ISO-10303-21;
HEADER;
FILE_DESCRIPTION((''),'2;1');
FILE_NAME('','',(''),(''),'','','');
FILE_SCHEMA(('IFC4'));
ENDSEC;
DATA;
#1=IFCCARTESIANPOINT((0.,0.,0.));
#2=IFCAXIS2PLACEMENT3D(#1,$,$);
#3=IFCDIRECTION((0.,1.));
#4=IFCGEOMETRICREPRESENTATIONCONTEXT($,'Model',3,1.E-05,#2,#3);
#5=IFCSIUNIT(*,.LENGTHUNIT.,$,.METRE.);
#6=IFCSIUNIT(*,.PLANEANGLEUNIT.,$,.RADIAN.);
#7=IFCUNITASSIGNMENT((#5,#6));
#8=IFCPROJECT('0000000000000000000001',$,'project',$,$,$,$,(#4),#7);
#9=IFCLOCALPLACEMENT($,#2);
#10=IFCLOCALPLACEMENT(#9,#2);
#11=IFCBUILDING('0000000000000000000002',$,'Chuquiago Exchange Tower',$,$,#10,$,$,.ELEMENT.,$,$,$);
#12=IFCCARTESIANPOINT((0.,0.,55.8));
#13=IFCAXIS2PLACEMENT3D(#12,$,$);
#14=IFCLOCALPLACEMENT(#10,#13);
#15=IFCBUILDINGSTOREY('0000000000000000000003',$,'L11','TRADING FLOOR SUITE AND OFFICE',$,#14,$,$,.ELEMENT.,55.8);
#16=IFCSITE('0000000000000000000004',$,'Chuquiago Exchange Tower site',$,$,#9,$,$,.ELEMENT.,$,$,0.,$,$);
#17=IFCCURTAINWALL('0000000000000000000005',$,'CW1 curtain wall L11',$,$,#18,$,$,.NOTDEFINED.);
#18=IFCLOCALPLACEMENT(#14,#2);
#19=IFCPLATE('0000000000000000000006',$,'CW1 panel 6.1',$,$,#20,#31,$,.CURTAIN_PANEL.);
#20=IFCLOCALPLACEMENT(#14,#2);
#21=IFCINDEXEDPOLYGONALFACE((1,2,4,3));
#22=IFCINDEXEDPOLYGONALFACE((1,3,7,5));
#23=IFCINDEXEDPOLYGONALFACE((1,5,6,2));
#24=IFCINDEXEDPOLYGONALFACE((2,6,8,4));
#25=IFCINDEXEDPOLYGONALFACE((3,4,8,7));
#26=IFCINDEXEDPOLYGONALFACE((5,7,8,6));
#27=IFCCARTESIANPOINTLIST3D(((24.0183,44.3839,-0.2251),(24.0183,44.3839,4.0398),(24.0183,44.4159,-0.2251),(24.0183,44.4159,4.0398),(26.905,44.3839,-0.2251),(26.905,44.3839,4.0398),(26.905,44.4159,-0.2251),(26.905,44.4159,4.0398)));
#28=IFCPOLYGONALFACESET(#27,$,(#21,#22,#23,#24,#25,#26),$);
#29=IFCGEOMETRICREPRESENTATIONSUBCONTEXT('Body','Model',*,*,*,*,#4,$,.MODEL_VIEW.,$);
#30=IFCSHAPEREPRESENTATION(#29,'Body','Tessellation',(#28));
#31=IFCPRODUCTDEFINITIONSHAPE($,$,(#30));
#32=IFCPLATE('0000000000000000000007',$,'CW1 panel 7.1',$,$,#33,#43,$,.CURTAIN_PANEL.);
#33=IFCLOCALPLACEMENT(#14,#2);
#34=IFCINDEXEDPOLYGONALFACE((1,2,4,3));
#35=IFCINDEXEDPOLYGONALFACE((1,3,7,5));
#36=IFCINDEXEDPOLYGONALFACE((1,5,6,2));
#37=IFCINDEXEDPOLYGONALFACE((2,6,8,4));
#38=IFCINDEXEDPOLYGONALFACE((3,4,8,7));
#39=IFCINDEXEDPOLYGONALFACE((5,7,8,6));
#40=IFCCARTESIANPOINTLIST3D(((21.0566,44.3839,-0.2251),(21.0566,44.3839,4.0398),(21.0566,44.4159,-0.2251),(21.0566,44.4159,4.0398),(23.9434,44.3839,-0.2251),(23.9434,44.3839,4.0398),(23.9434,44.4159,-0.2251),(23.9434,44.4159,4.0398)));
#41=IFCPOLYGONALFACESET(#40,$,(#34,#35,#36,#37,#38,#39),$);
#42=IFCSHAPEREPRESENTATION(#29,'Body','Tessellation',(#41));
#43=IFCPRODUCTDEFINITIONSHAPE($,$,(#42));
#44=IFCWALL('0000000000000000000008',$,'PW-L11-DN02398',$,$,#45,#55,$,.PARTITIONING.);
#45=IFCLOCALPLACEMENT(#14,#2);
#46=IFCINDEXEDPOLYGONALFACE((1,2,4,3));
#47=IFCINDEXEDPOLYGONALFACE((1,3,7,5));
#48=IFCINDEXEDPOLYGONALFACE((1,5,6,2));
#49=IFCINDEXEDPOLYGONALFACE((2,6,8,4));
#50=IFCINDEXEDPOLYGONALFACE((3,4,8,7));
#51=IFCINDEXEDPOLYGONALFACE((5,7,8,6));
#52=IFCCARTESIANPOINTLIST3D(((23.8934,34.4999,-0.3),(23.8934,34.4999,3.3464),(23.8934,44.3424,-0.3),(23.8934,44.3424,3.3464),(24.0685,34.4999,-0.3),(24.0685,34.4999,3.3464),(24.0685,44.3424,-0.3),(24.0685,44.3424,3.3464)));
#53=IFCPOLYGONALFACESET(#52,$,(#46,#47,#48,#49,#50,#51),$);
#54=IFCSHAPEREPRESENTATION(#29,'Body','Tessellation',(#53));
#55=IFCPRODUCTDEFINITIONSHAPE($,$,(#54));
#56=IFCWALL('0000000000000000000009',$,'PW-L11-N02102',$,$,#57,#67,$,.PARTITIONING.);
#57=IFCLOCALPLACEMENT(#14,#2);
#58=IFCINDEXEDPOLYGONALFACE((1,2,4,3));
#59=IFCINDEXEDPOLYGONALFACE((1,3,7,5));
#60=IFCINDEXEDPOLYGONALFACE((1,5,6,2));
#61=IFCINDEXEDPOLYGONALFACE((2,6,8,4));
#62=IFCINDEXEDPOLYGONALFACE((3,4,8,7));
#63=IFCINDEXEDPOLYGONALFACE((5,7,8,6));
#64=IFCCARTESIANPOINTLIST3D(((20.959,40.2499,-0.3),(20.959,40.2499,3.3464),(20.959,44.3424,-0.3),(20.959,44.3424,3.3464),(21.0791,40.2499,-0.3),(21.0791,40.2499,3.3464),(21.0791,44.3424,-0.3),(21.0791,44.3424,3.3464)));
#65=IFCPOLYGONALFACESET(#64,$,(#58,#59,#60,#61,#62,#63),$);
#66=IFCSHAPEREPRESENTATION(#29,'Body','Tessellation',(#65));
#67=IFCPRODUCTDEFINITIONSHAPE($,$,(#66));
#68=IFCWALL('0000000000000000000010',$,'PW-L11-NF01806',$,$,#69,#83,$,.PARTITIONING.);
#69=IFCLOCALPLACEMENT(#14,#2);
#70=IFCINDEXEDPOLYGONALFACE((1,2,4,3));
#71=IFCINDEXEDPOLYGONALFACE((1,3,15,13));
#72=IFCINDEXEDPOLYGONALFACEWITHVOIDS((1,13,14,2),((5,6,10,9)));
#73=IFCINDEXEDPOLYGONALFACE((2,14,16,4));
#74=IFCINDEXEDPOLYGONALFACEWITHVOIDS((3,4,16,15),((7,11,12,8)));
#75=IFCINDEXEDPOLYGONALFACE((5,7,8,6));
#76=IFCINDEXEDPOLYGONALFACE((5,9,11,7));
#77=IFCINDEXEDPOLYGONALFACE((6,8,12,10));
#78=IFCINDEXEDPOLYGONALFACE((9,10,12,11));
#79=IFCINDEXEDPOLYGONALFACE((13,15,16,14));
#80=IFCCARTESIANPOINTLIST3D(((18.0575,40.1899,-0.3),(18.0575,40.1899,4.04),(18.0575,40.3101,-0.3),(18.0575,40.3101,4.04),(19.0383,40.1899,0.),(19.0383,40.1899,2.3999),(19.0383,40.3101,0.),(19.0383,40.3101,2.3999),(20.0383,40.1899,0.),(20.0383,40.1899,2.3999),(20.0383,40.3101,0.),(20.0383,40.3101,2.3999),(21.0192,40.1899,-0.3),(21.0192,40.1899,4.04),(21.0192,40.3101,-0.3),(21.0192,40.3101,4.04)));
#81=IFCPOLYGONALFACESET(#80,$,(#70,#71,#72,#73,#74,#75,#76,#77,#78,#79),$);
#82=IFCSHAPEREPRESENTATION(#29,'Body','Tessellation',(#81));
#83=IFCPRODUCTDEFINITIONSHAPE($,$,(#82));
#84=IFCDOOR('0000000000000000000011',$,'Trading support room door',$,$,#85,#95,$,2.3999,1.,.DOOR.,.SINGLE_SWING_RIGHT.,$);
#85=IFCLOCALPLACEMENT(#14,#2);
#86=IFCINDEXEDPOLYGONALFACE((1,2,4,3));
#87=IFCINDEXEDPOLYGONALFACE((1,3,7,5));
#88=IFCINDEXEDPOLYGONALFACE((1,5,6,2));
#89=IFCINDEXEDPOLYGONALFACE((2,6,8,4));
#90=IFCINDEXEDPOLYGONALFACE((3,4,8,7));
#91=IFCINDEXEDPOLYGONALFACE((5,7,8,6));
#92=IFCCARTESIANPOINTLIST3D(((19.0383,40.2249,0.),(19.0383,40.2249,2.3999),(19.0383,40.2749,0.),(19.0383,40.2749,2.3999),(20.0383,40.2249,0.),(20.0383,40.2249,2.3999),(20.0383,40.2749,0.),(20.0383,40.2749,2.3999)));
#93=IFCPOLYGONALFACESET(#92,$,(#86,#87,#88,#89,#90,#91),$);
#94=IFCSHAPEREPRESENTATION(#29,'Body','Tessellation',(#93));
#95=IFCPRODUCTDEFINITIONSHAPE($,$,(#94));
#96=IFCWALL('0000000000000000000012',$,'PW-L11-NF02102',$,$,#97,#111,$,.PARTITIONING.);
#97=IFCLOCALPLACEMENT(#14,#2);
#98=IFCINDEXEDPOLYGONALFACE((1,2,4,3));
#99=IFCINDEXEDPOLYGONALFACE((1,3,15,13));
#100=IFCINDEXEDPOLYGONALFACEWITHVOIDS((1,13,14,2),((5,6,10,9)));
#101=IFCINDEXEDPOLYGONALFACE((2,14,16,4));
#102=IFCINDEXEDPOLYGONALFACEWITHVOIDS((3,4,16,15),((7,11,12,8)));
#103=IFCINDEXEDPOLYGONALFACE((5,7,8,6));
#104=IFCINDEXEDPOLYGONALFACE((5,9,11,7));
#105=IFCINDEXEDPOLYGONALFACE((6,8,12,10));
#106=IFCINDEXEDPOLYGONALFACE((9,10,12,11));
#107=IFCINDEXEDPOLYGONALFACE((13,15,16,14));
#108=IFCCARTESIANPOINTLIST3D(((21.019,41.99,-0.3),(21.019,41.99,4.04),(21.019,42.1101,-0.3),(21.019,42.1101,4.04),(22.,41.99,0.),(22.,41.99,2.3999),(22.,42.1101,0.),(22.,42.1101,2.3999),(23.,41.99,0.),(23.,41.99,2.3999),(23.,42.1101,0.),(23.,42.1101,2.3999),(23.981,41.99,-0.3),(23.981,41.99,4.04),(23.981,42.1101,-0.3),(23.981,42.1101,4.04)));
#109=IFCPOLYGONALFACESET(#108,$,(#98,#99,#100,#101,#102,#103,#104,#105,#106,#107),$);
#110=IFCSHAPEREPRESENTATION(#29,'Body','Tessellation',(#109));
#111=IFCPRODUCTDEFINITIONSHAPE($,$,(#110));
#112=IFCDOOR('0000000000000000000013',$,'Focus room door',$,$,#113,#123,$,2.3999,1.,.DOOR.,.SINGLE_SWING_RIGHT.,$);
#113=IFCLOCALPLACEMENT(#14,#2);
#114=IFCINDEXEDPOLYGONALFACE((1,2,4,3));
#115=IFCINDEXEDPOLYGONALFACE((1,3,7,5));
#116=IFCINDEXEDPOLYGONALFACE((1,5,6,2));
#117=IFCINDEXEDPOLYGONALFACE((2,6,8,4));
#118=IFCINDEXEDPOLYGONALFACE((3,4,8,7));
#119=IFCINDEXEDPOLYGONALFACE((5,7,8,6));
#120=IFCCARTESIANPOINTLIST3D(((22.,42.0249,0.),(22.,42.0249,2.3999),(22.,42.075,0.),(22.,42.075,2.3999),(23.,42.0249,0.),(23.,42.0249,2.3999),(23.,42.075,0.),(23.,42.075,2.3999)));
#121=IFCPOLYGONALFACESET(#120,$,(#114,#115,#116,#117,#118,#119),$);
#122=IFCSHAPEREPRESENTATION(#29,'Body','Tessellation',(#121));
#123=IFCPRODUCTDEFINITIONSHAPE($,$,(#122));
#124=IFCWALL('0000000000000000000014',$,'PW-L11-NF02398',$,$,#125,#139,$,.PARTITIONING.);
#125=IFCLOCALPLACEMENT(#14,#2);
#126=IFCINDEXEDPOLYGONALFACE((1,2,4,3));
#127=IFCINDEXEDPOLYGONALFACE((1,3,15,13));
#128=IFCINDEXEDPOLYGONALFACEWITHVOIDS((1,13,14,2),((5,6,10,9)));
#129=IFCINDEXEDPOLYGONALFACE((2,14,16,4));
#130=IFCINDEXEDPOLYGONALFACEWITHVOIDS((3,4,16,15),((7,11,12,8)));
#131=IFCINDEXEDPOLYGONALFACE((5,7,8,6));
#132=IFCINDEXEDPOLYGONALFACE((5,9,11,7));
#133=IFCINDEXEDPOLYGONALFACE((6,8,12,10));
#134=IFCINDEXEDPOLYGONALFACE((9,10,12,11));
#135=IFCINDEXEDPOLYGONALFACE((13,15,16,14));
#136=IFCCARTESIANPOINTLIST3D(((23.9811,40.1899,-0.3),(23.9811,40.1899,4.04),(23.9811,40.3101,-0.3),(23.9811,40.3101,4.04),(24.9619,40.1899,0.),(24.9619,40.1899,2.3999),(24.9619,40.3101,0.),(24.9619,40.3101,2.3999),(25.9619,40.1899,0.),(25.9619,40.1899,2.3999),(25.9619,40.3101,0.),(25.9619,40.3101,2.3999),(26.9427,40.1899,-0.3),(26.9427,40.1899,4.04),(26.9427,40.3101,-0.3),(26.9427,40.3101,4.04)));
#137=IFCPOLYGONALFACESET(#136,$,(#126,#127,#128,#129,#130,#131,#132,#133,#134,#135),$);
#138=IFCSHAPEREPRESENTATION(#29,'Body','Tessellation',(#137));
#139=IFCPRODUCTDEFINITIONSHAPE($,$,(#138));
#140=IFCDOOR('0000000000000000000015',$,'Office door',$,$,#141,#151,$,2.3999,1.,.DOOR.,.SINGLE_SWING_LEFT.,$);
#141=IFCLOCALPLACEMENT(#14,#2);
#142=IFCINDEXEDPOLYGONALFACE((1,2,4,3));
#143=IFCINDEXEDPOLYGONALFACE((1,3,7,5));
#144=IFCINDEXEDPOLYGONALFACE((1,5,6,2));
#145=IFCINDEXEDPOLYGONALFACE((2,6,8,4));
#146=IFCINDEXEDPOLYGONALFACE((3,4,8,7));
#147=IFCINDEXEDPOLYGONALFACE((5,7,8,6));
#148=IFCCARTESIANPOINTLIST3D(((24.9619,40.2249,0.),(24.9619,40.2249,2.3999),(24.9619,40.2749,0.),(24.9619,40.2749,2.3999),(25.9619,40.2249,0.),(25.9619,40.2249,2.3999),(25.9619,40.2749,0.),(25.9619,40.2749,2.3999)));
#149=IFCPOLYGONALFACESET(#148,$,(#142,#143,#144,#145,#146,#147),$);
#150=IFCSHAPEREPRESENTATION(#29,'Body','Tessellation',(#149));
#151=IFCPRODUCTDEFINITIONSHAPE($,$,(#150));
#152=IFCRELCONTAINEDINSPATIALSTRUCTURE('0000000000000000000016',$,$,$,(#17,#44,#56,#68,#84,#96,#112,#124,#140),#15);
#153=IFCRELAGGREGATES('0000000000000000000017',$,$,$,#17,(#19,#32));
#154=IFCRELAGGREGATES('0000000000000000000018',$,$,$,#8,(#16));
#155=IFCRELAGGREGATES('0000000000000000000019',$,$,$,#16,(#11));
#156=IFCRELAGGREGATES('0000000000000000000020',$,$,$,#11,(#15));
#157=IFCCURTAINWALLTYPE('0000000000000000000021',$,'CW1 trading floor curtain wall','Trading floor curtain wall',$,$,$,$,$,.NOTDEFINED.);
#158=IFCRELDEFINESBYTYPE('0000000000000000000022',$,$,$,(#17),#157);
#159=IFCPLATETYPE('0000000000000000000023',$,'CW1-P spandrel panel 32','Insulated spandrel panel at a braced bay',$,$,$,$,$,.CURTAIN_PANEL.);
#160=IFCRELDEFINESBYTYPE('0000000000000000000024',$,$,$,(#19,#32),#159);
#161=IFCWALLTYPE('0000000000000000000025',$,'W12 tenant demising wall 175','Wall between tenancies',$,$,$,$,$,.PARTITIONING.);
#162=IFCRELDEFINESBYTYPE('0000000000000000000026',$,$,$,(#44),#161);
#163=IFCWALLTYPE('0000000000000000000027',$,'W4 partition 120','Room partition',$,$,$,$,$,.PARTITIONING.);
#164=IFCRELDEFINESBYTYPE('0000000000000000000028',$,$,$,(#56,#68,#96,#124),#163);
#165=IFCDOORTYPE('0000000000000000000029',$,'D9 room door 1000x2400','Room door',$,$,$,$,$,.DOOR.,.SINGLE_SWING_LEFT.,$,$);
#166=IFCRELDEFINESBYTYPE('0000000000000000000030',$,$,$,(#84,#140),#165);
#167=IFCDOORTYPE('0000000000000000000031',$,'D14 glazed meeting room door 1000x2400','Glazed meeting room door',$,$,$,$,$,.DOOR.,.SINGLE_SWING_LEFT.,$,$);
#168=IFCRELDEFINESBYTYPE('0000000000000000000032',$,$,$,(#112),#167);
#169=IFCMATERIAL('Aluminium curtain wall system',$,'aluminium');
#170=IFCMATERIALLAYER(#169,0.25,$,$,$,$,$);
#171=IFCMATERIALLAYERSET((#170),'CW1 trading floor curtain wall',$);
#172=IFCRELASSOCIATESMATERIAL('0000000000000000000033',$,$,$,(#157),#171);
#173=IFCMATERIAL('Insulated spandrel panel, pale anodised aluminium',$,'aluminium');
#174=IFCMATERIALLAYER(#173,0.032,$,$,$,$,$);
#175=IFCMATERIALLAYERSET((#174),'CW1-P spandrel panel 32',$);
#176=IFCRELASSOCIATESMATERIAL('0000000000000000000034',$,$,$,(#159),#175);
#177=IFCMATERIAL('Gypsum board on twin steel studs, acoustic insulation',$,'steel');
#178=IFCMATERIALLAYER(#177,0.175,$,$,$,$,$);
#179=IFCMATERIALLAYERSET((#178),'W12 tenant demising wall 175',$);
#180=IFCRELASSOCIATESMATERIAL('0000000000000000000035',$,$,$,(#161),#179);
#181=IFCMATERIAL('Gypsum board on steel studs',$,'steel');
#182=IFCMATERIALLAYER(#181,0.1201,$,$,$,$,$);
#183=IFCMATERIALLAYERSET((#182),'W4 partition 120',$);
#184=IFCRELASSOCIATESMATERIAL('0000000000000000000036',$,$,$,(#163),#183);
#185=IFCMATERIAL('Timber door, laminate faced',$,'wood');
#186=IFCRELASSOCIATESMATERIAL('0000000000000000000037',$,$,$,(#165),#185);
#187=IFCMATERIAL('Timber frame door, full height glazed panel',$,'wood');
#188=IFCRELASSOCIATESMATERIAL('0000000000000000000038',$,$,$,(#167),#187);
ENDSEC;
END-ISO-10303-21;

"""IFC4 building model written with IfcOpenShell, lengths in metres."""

from ifc_helpers import new_model, si_unit, direction, frame, frame_2d, origin, origin_2d, place, context, subcontext, project, spatial, rectangle, extrude, material, layer, layer_set, type_object, element, fill, aggregate, save


model = new_model("IFC4")

# Units and contexts
model_context = context("Model", 3, precision=1e-05, world=origin(), true_north=direction((0.0, 1.0)))
body_context = subcontext(model_context, "Body", "Model", "MODEL_VIEW")
ifc_project = project(units=[si_unit("LENGTHUNIT", "METRE"), si_unit("PLANEANGLEUNIT", "RADIAN")], contexts=[model_context])

# Site, building, storey
site_placement = place(None, origin())
site = spatial("IfcSite", under=ifc_project, at=site_placement, Name="Chuquiago Exchange Tower site", CompositionType="ELEMENT", RefElevation=0.0)
building_placement = place(site_placement, origin())
building = spatial("IfcBuilding", under=site, at=building_placement, Name="Chuquiago Exchange Tower", CompositionType="ELEMENT")
storey_placement = place(building_placement, frame((0.0, 0.0, 55.8)))
storey = spatial("IfcBuildingStorey", under=building, at=storey_placement, Name="L11", Description="TRADING FLOOR SUITE AND OFFICE", CompositionType="ELEMENT", Elevation=55.8)

# Curtain wall
ifc_material_1 = material(Name="Aluminium curtain wall system", Category="aluminium")
ifc_layer_1 = layer(ifc_material_1, 0.25)
ifc_layer_set_1 = layer_set([ifc_layer_1], Name="CW1 trading floor curtain wall")
curtain_wall_type = type_object("IfcCurtainWallType", Name="CW1 trading floor curtain wall", Description="Trading floor curtain wall", PredefinedType="NOTDEFINED", material=ifc_layer_set_1)
curtain_wall_placement = place(storey_placement, origin())
curtain_wall = element("IfcCurtainWall", 1, at=curtain_wall_placement, inside=storey, type_object=curtain_wall_type, Name="CW1 curtain wall L11", PredefinedType="NOTDEFINED")

# Plates
ifc_material_2 = material(Name="Insulated spandrel panel, pale anodised aluminium", Category="aluminium")
ifc_layer_2 = layer(ifc_material_2, 0.032)
ifc_layer_set_2 = layer_set([ifc_layer_2], Name="CW1-P spandrel panel 32")
plate_type_1 = type_object("IfcPlateType", Name="CW1-P spandrel panel 32", Description="Insulated spandrel panel at a braced bay", PredefinedType="CURTAIN_PANEL", material=ifc_layer_set_2)
plate_1_placement = place(storey_placement, frame((25.4617, 44.3999, -0.2251), z_axis=(0.0, 0.0, 1.0), x_axis=(-1.0, 0.0, 0.0)))
plate_1 = element("IfcPlate", 2, at=plate_1_placement, type_object=plate_type_1, Name="CW1 panel 6.1", PredefinedType="CURTAIN_PANEL", context=body_context, shape_type="SweptSolid", body=[
    extrude(rectangle(XDim=2.8867, YDim=0.032, at=origin_2d()), origin(), (0.0, 0.0, 1.0), 4.2649),
])
plate_2_placement = place(storey_placement, frame((22.5, 44.3999, -0.2251), z_axis=(0.0, 0.0, 1.0), x_axis=(-1.0, 0.0, 0.0)))
plate_2 = element("IfcPlate", 3, at=plate_2_placement, type_object=plate_type_1, Name="CW1 panel 7.1", PredefinedType="CURTAIN_PANEL", context=body_context, shape_type="SweptSolid", body=[
    extrude(rectangle(XDim=2.8867, YDim=0.032, at=origin_2d()), origin(), (0.0, 0.0, 1.0), 4.2649),
])
aggregate(curtain_wall, [plate_1, plate_2])

# Walls
ifc_material_3 = material(Name="Gypsum board on twin steel studs, acoustic insulation", Category="steel")
ifc_layer_3 = layer(ifc_material_3, 0.175)
ifc_layer_set_3 = layer_set([ifc_layer_3], Name="W12 tenant demising wall 175")
wall_type_1 = type_object("IfcWallType", Name="W12 tenant demising wall 175", Description="Wall between tenancies", PredefinedType="PARTITIONING", material=ifc_layer_set_3)
wall_1_placement = place(storey_placement, frame((23.981, 44.3425, -0.3), z_axis=(0.0, 0.0, 1.0), x_axis=(0.0, -1.0, 0.0)))
element("IfcWall", 4, at=wall_1_placement, inside=storey, type_object=wall_type_1, Name="PW-L11-DN02398", PredefinedType="PARTITIONING", context=body_context, shape_type="SweptSolid", body=[
    extrude(rectangle(XDim=9.8425, YDim=0.175, at=frame_2d((4.9214, 0.0))), origin(), (0.0, 0.0, 1.0), 3.6465),
])
ifc_material_4 = material(Name="Gypsum board on steel studs", Category="steel")
ifc_layer_4 = layer(ifc_material_4, 0.1201)
ifc_layer_set_4 = layer_set([ifc_layer_4], Name="W4 partition 120")
wall_type_2 = type_object("IfcWallType", Name="W4 partition 120", Description="Room partition", PredefinedType="PARTITIONING", material=ifc_layer_set_4)
wall_2_placement = place(storey_placement, frame((21.019, 44.3425, -0.3), z_axis=(0.0, 0.0, 1.0), x_axis=(0.0, -1.0, 0.0)))
element("IfcWall", 5, at=wall_2_placement, inside=storey, type_object=wall_type_2, Name="PW-L11-N02102", PredefinedType="PARTITIONING", context=body_context, shape_type="SweptSolid", body=[
    extrude(rectangle(XDim=4.0925, YDim=0.1201, at=frame_2d((2.0464, 0.0))), origin(), (0.0, 0.0, 1.0), 3.6465),
])

# Walls, openings, doors
wall_3_placement = place(storey_placement, frame((18.0574, 40.25, -0.3), z_axis=(0.0, 0.0, 1.0), x_axis=(1.0, 0.0, 0.0)))
wall_3 = element("IfcWall", 6, at=wall_3_placement, inside=storey, type_object=wall_type_2, Name="PW-L11-NF01806", PredefinedType="PARTITIONING", context=body_context, shape_type="SweptSolid", body=[
    extrude(rectangle(XDim=2.9617, YDim=0.1201, at=frame_2d((1.481, 0.0))), origin(), (0.0, 0.0, 1.0), 4.3401),
])
opening_1_placement = place(wall_3_placement, frame((0.981, 0.0, 0.3)))
opening_1 = element("IfcOpeningElement", 7, at=opening_1_placement, cuts=wall_3, PredefinedType="OPENING", context=body_context, shape_type="SweptSolid", body=[
    extrude(rectangle(XDim=1.0, YDim=2.3999, at=frame_2d((0.5, 1.2))), frame((0.0, 0.0701, 0.0), z_axis=(0.0, -1.0, 0.0), x_axis=(1.0, 0.0, 0.0)), (0.0, 0.0, 1.0), 0.1401),
])
ifc_material_5 = material(Name="Timber door, laminate faced", Category="wood")
door_type_1 = type_object("IfcDoorType", Name="D9 room door 1000x2400", Description="Room door", OperationType="SINGLE_SWING_LEFT", PredefinedType="DOOR", material=ifc_material_5)
door_1_placement = place(opening_1_placement, origin())
door_1 = element("IfcDoor", 8, at=door_1_placement, inside=storey, type_object=door_type_1, Name="Trading support room door", OperationType="SINGLE_SWING_RIGHT", OverallHeight=2.3999, OverallWidth=1.0, PredefinedType="DOOR", context=body_context, shape_type="SweptSolid", body=[
    extrude(rectangle(XDim=1.0, YDim=2.3999, at=frame_2d((0.5, 1.2))), frame((0.0, 0.0249, 0.0), z_axis=(0.0, -1.0, 0.0), x_axis=(1.0, 0.0, 0.0)), (0.0, 0.0, 1.0), 0.05),
])
fill(opening_1, door_1)
wall_4_placement = place(storey_placement, frame((21.019, 42.05, -0.3), z_axis=(0.0, 0.0, 1.0), x_axis=(1.0, 0.0, 0.0)))
wall_4 = element("IfcWall", 9, at=wall_4_placement, inside=storey, type_object=wall_type_2, Name="PW-L11-NF02102", PredefinedType="PARTITIONING", context=body_context, shape_type="SweptSolid", body=[
    extrude(rectangle(XDim=2.9619, YDim=0.1201, at=frame_2d((1.481, 0.0))), origin(), (0.0, 0.0, 1.0), 4.3401),
])
opening_2_placement = place(wall_4_placement, frame((0.981, 0.0, 0.3)))
opening_2 = element("IfcOpeningElement", 10, at=opening_2_placement, cuts=wall_4, PredefinedType="OPENING", context=body_context, shape_type="SweptSolid", body=[
    extrude(rectangle(XDim=1.0, YDim=2.3999, at=frame_2d((0.5, 1.2))), frame((0.0, 0.0701, 0.0), z_axis=(0.0, -1.0, 0.0), x_axis=(1.0, 0.0, 0.0)), (0.0, 0.0, 1.0), 0.1401),
])
ifc_material_6 = material(Name="Timber frame door, full height glazed panel", Category="wood")
door_type_2 = type_object("IfcDoorType", Name="D14 glazed meeting room door 1000x2400", Description="Glazed meeting room door", OperationType="SINGLE_SWING_LEFT", PredefinedType="DOOR", material=ifc_material_6)
door_2_placement = place(opening_2_placement, origin())
door_2 = element("IfcDoor", 11, at=door_2_placement, inside=storey, type_object=door_type_2, Name="Focus room door", OperationType="SINGLE_SWING_RIGHT", OverallHeight=2.3999, OverallWidth=1.0, PredefinedType="DOOR", context=body_context, shape_type="SweptSolid", body=[
    extrude(rectangle(XDim=1.0, YDim=2.3999, at=frame_2d((0.5, 1.2))), frame((0.0, 0.0249, 0.0), z_axis=(0.0, -1.0, 0.0), x_axis=(1.0, 0.0, 0.0)), (0.0, 0.0, 1.0), 0.05),
])
fill(opening_2, door_2)
wall_5_placement = place(storey_placement, frame((23.981, 40.25, -0.3), z_axis=(0.0, 0.0, 1.0), x_axis=(1.0, 0.0, 0.0)))
wall_5 = element("IfcWall", 12, at=wall_5_placement, inside=storey, type_object=wall_type_2, Name="PW-L11-NF02398", PredefinedType="PARTITIONING", context=body_context, shape_type="SweptSolid", body=[
    extrude(rectangle(XDim=2.9617, YDim=0.1201, at=frame_2d((1.481, 0.0))), origin(), (0.0, 0.0, 1.0), 4.3401),
])
opening_3_placement = place(wall_5_placement, frame((0.981, 0.0, 0.3)))
opening_3 = element("IfcOpeningElement", 13, at=opening_3_placement, cuts=wall_5, PredefinedType="OPENING", context=body_context, shape_type="SweptSolid", body=[
    extrude(rectangle(XDim=1.0, YDim=2.3999, at=frame_2d((0.5, 1.2))), frame((0.0, 0.0701, 0.0), z_axis=(0.0, -1.0, 0.0), x_axis=(1.0, 0.0, 0.0)), (0.0, 0.0, 1.0), 0.1401),
])
door_3_placement = place(opening_3_placement, origin())
door_3 = element("IfcDoor", 14, at=door_3_placement, inside=storey, type_object=door_type_1, Name="Office door", OperationType="SINGLE_SWING_LEFT", OverallHeight=2.3999, OverallWidth=1.0, PredefinedType="DOOR", context=body_context, shape_type="SweptSolid", body=[
    extrude(rectangle(XDim=1.0, YDim=2.3999, at=frame_2d((0.5, 1.2))), frame((0.0, 0.0249, 0.0), z_axis=(0.0, -1.0, 0.0), x_axis=(1.0, 0.0, 0.0)), (0.0, 0.0, 1.0), 0.05),
])
fill(opening_3, door_3)

save(model, "model.ifc")
